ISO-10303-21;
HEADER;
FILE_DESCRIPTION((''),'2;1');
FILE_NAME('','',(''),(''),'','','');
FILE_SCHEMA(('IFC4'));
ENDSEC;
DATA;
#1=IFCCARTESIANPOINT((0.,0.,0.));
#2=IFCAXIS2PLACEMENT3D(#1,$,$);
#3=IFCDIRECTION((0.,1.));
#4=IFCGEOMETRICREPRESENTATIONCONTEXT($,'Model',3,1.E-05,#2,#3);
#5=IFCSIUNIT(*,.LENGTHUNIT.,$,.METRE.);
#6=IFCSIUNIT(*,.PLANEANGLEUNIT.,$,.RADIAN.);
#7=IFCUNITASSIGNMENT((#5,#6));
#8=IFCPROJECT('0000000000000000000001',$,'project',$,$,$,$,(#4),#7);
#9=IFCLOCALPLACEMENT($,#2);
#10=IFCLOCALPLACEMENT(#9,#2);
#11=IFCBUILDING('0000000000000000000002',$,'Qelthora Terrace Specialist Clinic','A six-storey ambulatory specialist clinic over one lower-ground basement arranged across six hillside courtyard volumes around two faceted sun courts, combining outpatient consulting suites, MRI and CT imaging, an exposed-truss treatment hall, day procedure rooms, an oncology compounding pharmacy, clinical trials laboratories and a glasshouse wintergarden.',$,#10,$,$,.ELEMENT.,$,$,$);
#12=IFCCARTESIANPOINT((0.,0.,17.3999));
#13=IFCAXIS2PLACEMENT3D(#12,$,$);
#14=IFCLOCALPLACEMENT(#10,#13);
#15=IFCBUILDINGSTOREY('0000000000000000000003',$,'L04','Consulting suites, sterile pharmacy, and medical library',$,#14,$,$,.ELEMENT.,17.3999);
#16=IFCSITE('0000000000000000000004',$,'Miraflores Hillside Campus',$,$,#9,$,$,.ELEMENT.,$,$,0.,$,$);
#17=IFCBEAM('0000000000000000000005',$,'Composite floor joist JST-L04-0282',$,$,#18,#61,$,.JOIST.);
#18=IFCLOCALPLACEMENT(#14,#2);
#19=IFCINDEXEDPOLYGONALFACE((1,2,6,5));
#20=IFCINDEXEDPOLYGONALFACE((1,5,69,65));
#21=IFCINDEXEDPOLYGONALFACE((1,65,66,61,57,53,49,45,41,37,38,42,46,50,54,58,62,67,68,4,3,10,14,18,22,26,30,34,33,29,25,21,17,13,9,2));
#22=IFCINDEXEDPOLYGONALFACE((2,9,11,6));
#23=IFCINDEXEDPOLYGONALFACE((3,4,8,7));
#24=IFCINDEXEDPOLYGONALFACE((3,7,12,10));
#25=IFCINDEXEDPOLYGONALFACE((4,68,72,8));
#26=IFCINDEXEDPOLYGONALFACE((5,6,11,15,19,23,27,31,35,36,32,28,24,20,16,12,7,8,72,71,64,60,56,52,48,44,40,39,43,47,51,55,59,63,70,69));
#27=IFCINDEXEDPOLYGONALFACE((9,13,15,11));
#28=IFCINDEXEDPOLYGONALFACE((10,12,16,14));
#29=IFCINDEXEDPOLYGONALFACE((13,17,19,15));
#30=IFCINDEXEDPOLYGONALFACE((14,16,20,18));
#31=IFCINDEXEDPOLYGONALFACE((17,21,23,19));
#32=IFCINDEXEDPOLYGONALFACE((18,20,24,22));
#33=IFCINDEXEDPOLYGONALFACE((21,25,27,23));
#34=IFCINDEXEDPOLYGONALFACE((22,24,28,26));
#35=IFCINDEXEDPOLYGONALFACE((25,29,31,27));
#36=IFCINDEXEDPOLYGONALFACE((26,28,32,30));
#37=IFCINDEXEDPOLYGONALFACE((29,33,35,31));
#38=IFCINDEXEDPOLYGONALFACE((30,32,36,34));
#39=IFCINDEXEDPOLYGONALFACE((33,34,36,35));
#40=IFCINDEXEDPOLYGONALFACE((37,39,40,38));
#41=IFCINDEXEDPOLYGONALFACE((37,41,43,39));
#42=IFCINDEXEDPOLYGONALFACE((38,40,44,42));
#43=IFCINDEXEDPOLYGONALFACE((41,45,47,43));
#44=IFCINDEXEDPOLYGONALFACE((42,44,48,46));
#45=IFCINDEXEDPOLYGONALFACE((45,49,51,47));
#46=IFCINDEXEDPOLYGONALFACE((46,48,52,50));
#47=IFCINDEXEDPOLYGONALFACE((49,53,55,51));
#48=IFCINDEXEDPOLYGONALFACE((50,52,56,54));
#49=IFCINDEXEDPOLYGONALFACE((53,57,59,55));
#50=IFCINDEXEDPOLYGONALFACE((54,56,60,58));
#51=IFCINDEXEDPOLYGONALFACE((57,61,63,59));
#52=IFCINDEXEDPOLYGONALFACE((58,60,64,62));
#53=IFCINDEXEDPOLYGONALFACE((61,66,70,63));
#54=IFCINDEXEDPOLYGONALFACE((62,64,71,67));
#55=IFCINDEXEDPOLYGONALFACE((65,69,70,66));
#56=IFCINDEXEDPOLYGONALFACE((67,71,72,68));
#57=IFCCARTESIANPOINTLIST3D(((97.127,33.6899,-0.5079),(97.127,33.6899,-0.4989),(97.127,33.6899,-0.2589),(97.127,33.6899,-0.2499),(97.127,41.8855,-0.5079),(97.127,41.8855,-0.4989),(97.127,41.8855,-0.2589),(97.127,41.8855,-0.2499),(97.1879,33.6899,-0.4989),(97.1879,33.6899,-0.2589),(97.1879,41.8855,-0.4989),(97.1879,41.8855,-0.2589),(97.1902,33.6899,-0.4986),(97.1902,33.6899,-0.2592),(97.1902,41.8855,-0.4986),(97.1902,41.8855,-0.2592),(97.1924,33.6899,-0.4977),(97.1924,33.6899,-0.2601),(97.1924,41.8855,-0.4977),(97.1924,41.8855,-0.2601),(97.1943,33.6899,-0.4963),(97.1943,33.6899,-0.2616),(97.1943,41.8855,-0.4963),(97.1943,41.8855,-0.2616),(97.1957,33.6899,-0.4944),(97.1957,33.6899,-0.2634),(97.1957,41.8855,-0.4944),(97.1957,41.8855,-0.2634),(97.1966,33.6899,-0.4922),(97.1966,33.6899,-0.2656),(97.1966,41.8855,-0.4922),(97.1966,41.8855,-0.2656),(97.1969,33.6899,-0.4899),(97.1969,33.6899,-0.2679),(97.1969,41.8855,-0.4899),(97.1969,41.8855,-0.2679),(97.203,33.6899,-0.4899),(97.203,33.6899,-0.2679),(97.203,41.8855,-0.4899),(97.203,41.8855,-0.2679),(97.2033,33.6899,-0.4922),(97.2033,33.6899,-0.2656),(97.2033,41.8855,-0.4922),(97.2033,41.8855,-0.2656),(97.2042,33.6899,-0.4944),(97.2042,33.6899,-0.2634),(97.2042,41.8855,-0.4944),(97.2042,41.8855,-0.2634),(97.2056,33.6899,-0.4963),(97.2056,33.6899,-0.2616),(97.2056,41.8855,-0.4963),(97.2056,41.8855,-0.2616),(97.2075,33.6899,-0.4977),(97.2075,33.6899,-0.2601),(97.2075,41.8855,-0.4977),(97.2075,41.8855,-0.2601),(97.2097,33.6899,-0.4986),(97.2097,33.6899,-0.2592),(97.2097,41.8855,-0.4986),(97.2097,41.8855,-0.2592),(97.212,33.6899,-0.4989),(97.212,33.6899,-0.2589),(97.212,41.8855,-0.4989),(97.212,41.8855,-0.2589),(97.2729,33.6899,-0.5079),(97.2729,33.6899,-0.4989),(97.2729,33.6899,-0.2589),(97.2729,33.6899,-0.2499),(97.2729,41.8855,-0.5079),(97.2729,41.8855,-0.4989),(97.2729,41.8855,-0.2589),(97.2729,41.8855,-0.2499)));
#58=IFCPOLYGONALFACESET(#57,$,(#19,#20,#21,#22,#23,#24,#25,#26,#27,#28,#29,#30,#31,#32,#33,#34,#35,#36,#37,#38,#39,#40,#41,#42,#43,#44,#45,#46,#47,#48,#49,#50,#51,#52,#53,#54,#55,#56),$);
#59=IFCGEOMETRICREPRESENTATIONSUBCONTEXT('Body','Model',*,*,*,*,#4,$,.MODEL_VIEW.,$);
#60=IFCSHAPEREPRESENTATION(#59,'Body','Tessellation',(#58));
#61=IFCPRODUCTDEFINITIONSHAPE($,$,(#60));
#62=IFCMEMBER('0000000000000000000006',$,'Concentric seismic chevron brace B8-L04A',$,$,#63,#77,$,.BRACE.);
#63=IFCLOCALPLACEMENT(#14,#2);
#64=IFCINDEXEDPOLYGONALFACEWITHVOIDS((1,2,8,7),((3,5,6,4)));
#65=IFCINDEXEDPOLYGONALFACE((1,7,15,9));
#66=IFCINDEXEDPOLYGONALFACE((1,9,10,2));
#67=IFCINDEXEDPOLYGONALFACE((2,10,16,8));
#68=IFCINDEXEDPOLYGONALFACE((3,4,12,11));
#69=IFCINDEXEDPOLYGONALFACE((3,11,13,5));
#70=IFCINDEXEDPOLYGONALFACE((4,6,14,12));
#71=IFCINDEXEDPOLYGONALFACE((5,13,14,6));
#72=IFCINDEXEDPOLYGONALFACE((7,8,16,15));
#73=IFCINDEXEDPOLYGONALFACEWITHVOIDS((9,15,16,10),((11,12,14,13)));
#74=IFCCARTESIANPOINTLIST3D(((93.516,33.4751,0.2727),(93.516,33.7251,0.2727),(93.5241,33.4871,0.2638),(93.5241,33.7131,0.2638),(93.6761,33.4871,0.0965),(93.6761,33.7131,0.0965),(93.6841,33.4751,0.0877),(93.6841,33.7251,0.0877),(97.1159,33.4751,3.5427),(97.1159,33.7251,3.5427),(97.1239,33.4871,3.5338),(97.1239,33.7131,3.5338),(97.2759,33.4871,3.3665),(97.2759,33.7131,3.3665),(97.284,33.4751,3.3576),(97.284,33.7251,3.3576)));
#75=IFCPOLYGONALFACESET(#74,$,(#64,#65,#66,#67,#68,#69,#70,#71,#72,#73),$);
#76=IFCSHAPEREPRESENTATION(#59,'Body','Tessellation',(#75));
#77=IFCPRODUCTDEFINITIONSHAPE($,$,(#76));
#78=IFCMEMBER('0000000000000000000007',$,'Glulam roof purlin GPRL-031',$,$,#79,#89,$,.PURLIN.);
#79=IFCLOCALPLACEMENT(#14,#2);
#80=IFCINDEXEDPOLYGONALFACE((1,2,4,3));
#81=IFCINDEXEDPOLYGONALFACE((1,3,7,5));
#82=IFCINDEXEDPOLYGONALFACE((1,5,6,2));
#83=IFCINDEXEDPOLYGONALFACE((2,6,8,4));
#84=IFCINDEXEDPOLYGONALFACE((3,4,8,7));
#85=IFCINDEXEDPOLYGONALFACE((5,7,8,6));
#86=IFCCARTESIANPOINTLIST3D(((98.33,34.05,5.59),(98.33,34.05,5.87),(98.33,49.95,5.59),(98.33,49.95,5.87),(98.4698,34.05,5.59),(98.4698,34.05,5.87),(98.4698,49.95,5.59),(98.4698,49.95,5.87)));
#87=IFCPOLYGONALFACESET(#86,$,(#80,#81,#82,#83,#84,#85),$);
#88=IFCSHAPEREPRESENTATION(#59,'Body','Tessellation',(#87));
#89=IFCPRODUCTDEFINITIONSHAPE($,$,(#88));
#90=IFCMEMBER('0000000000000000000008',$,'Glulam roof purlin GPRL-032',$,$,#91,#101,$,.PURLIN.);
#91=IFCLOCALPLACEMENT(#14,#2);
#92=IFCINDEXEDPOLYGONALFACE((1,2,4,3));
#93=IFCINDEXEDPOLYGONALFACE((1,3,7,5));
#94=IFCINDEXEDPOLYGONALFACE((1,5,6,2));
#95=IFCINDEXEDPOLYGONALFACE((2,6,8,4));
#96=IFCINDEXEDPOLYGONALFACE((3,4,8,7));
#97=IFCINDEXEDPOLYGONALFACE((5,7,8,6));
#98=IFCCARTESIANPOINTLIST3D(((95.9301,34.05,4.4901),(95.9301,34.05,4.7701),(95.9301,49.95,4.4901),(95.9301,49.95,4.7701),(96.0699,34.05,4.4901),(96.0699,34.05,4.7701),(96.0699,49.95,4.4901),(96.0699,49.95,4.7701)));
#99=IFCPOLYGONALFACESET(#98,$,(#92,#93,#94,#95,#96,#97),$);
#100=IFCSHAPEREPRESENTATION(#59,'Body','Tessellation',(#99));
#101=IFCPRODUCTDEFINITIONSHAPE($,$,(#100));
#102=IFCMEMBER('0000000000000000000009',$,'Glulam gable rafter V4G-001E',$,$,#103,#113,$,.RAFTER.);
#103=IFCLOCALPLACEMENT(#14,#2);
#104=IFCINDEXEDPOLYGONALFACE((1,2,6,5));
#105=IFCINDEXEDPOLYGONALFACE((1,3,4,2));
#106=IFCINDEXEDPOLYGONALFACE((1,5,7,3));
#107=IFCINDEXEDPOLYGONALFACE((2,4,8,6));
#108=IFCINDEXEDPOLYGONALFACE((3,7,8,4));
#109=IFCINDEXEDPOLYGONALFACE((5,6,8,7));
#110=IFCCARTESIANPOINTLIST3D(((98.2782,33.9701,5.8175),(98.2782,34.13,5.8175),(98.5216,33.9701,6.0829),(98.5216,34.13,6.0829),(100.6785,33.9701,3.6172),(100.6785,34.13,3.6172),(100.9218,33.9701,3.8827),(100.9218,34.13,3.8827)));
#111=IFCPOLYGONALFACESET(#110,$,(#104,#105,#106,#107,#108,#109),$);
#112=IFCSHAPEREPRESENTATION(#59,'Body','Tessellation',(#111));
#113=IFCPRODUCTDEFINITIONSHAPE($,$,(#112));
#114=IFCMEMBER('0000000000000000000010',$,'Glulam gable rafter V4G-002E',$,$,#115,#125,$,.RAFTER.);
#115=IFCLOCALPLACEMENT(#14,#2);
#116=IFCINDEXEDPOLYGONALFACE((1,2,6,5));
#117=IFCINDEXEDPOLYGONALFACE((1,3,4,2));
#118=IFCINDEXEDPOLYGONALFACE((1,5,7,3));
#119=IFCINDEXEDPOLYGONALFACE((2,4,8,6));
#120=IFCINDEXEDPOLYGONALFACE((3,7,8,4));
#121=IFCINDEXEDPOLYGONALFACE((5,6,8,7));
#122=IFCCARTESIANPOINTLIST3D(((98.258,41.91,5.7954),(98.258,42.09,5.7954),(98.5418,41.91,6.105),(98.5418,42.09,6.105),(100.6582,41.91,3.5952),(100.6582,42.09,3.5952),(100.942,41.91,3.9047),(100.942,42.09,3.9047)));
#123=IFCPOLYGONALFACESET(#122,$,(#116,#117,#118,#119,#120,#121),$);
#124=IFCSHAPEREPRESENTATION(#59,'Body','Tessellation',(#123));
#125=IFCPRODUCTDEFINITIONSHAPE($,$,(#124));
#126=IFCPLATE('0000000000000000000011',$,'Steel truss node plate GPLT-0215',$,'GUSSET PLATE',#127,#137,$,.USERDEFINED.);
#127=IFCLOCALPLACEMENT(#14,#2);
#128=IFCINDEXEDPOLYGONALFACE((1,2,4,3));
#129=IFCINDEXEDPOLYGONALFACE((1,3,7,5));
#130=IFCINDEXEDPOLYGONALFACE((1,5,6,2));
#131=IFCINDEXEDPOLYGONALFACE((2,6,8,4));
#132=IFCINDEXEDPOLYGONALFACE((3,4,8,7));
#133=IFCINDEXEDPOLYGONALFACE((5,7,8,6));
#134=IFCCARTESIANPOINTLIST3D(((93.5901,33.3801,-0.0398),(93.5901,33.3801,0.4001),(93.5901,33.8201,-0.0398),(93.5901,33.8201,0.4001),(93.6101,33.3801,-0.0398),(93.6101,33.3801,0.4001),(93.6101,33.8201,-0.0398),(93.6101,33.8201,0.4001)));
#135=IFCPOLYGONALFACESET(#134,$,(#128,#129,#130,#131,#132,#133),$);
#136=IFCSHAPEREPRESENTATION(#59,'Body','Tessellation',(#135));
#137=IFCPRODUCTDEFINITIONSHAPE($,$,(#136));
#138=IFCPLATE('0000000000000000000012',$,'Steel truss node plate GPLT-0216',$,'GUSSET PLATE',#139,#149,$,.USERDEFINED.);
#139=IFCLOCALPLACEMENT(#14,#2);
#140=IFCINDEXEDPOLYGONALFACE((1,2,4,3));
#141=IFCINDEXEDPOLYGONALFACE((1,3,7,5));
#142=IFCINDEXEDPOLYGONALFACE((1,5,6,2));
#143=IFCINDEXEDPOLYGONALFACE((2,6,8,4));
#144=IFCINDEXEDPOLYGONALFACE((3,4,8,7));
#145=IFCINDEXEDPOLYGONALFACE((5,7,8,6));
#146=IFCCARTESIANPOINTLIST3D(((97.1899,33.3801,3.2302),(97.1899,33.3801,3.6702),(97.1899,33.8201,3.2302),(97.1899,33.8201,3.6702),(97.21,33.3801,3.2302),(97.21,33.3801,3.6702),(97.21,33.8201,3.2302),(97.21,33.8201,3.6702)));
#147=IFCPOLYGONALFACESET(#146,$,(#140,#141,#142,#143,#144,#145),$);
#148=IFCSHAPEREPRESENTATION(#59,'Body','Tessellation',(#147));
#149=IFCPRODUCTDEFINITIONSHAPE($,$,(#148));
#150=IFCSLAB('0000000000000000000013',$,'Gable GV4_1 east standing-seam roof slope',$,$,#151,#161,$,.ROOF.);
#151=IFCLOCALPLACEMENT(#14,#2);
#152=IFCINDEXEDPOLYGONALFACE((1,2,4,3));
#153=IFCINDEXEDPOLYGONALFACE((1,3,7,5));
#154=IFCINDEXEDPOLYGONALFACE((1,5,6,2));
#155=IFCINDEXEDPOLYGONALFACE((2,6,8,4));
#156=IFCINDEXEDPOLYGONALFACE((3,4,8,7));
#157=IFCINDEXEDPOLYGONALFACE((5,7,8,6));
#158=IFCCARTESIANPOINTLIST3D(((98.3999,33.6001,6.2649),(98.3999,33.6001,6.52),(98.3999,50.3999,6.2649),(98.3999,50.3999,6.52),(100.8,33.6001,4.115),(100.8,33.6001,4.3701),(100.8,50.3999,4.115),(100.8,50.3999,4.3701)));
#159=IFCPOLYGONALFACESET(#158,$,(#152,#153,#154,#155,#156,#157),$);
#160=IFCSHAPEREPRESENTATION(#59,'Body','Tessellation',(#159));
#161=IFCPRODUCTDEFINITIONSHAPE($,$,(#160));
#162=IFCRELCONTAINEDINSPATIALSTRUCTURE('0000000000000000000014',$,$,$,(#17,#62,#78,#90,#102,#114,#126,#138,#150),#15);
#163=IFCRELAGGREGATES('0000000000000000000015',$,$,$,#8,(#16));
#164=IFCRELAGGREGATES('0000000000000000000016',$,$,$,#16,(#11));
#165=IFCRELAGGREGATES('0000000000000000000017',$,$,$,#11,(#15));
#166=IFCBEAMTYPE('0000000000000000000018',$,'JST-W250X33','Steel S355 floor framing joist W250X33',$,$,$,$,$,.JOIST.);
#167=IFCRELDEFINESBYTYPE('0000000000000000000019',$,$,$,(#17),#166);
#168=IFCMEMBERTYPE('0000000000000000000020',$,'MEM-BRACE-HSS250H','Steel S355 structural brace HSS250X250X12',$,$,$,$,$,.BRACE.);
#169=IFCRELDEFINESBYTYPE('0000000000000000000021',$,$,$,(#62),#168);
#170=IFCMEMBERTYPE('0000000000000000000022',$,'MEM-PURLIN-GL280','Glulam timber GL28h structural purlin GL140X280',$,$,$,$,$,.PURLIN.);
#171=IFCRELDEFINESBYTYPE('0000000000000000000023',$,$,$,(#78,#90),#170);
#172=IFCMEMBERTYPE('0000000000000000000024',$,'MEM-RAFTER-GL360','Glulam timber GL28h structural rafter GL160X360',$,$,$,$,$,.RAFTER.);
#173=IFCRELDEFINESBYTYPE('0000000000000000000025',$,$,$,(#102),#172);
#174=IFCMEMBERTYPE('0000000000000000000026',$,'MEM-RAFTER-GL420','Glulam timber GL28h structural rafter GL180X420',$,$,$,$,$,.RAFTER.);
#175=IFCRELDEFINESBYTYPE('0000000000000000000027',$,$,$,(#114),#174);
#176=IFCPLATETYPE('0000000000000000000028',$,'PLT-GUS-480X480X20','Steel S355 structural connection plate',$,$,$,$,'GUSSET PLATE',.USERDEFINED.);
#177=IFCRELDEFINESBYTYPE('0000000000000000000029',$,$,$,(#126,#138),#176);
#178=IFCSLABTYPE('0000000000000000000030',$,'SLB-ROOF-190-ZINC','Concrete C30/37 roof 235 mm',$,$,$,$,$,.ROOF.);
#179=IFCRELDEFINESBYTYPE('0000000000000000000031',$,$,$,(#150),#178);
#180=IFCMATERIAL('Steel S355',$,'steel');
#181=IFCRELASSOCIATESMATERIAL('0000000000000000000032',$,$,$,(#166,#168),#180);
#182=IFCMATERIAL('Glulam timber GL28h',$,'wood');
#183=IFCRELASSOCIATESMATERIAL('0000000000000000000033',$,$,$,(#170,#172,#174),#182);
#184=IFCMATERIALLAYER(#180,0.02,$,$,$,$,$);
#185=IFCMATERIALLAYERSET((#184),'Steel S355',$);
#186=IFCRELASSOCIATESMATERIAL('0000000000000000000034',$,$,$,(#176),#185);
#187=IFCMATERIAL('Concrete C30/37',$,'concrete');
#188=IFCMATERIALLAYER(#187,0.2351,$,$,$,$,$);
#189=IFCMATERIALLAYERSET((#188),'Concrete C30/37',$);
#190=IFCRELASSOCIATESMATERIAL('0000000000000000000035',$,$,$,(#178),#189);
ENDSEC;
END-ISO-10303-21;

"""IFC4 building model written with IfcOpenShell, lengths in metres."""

from ifc_helpers import new_model, si_unit, direction, frame, origin, origin_2d, place, context, subcontext, project, spatial, polyline, rectangle, hollow_rectangle, i_section, outline, extrude, material, layer, layer_set, material_profile, profile_set, type_object, element, save


model = new_model("IFC4")

# Units and contexts
model_context = context("Model", 3, precision=1e-05, world=origin(), true_north=direction((0.0, 1.0)))
body_context = subcontext(model_context, "Body", "Model", "MODEL_VIEW")
ifc_project = project(units=[si_unit("LENGTHUNIT", "METRE"), si_unit("PLANEANGLEUNIT", "RADIAN")], contexts=[model_context])

# Site, building, storey
site_placement = place(None, origin())
site = spatial("IfcSite", under=ifc_project, at=site_placement, Name="Miraflores Hillside Campus", CompositionType="ELEMENT", RefElevation=0.0)
building_placement = place(site_placement, origin())
building = spatial("IfcBuilding", under=site, at=building_placement, Name="Qelthora Terrace Specialist Clinic", Description="A six-storey ambulatory specialist clinic over one lower-ground basement arranged across six hillside courtyard volumes around two faceted sun courts, combining outpatient consulting suites, MRI and CT imaging, an exposed-truss treatment hall, day procedure rooms, an oncology compounding pharmacy, clinical trials laboratories and a glasshouse wintergarden.", CompositionType="ELEMENT")
storey_placement = place(building_placement, frame((0.0, 0.0, 17.3999)))
storey = spatial("IfcBuildingStorey", under=building, at=storey_placement, Name="L04", Description="Consulting suites, sterile pharmacy, and medical library", CompositionType="ELEMENT", Elevation=17.3999)

# Beam
ifc_material_1 = material(Name="Steel S355", Category="steel")
ifc_material_profile_1 = material_profile(ifc_material_1, i_section(OverallWidth=0.146, OverallDepth=0.2581, WebThickness=0.0061, FlangeThickness=0.009, FilletRadius=0.009, at=origin_2d()), Name="W250X33")
ifc_profile_set_1 = profile_set([ifc_material_profile_1], Name="Steel S355")
beam_type = type_object("IfcBeamType", Name="JST-W250X33", Description="Steel S355 floor framing joist W250X33", PredefinedType="JOIST", material=ifc_profile_set_1)
beam_placement = place(storey_placement, frame((97.2, 33.6899, -0.3789), z_axis=(0.0, 1.0, 0.0), x_axis=(-1.0, 0.0, 0.0)))
element("IfcBeam", 1, at=beam_placement, inside=storey, type_object=beam_type, Name="Composite floor joist JST-L04-0282", PredefinedType="JOIST", context=body_context, shape_type="SweptSolid", body=[
    extrude(i_section(OverallWidth=0.146, OverallDepth=0.2581, WebThickness=0.0061, FlangeThickness=0.009, FilletRadius=0.009, at=origin_2d()), origin(), (0.0, 0.0, 1.0), 8.1956),
])

# Members
ifc_material_profile_2 = material_profile(ifc_material_1, hollow_rectangle(XDim=0.25, YDim=0.25, WallThickness=0.012, at=origin_2d()), Name="HSS250X250X12")
ifc_profile_set_2 = profile_set([ifc_material_profile_2], Name="Steel S355")
member_type_1 = type_object("IfcMemberType", Name="MEM-BRACE-HSS250H", Description="Steel S355 structural brace HSS250X250X12", PredefinedType="BRACE", material=ifc_profile_set_2)
member_1_placement = place(storey_placement, frame((93.6001, 33.6001, 0.1802), z_axis=(0.740204, 0.0, 0.672383), x_axis=(0.0, 1.0, 0.0)))
element("IfcMember", 2, at=member_1_placement, inside=storey, type_object=member_type_1, Name="Concentric seismic chevron brace B8-L04A", PredefinedType="BRACE", context=body_context, shape_type="SweptSolid", body=[
    extrude(hollow_rectangle(XDim=0.25, YDim=0.25, WallThickness=0.012, at=origin_2d()), origin(), (0.0, 0.0, 1.0), 4.8633),
])
ifc_material_2 = material(Name="Glulam timber GL28h", Category="wood")
ifc_material_profile_3 = material_profile(ifc_material_2, rectangle(XDim=0.1399, YDim=0.28, at=origin_2d()), Name="GL140X280")
ifc_profile_set_3 = profile_set([ifc_material_profile_3], Name="Glulam timber GL28h")
member_type_2 = type_object("IfcMemberType", Name="MEM-PURLIN-GL280", Description="Glulam timber GL28h structural purlin GL140X280", PredefinedType="PURLIN", material=ifc_profile_set_3)
for number, where, z_axis, x_axis, name in (
    (3, (98.3999, 34.05, 5.73), (0.0, 1.0, 0.0), (-1.0, 0.0, 0.0), "Glulam roof purlin GPRL-031"),
    (4, (96.0, 34.05, 4.6301), (0.0, 1.0, 0.0), (-1.0, 0.0, 0.0), "Glulam roof purlin GPRL-032"),
):
    element("IfcMember", number, at=place(storey_placement, frame(where, z_axis=z_axis, x_axis=x_axis)), inside=storey, type_object=member_type_2, Name=name, PredefinedType="PURLIN", context=body_context, shape_type="SweptSolid", body=[
        extrude(rectangle(XDim=0.1399, YDim=0.28, at=origin_2d()), origin(), (0.0, 0.0, 1.0), 15.8999),
    ])
ifc_material_profile_4 = material_profile(ifc_material_2, rectangle(XDim=0.1599, YDim=0.3601, at=origin_2d()), Name="GL160X360")
ifc_profile_set_4 = profile_set([ifc_material_profile_4], Name="Glulam timber GL28h")
member_type_3 = type_object("IfcMemberType", Name="MEM-RAFTER-GL360", Description="Glulam timber GL28h structural rafter GL160X360", PredefinedType="RAFTER", material=ifc_profile_set_4)
member_2_placement = place(storey_placement, frame((98.3999, 34.05, 5.9502), z_axis=(0.737145, 0.0, -0.675735), x_axis=(0.0, 1.0, 0.0)))
element("IfcMember", 5, at=member_2_placement, inside=storey, type_object=member_type_3, Name="Glulam gable rafter V4G-001E", PredefinedType="RAFTER", context=body_context, shape_type="SweptSolid", body=[
    extrude(rectangle(XDim=0.1599, YDim=0.3601, at=origin_2d()), origin(), (0.0, 0.0, 1.0), 3.2561),
])
ifc_material_profile_5 = material_profile(ifc_material_2, rectangle(XDim=0.1799, YDim=0.4199, at=origin_2d()), Name="GL180X420")
ifc_profile_set_5 = profile_set([ifc_material_profile_5], Name="Glulam timber GL28h")
member_type_4 = type_object("IfcMemberType", Name="MEM-RAFTER-GL420", Description="Glulam timber GL28h structural rafter GL180X420", PredefinedType="RAFTER", material=ifc_profile_set_5)
member_3_placement = place(storey_placement, frame((98.3999, 42.0, 5.9502), z_axis=(0.737145, 0.0, -0.675735), x_axis=(0.0, 1.0, 0.0)))
element("IfcMember", 6, at=member_3_placement, inside=storey, type_object=member_type_4, Name="Glulam gable rafter V4G-002E", PredefinedType="RAFTER", context=body_context, shape_type="SweptSolid", body=[
    extrude(rectangle(XDim=0.1799, YDim=0.4199, at=origin_2d()), origin(), (0.0, 0.0, 1.0), 3.2561),
])

# Plates
ifc_layer_1 = layer(ifc_material_1, 0.02)
ifc_layer_set_1 = layer_set([ifc_layer_1], Name="Steel S355")
plate_type = type_object("IfcPlateType", Name="PLT-GUS-480X480X20", Description="Steel S355 structural connection plate", ElementType="GUSSET PLATE", PredefinedType="USERDEFINED", material=ifc_layer_set_1)
for number, where, z_axis, x_axis, name in (
    (7, (93.6001, 33.6001, -0.0398), (0.0, 0.0, 1.0), (1.0, 0.0, 0.0), "Steel truss node plate GPLT-0215"),
    (8, (97.2, 33.6001, 3.2302), (0.0, 0.0, 1.0), (1.0, 0.0, 0.0), "Steel truss node plate GPLT-0216"),
):
    element("IfcPlate", number, at=place(storey_placement, frame(where, z_axis=z_axis, x_axis=x_axis)), inside=storey, type_object=plate_type, Name=name, ObjectType="GUSSET PLATE", PredefinedType="USERDEFINED", context=body_context, shape_type="SweptSolid", body=[
        extrude(rectangle(XDim=0.02, YDim=0.4399, at=origin_2d()), origin(), (0.0, 0.0, 1.0), 0.4399),
    ])

# Slab
ifc_material_3 = material(Name="Concrete C30/37", Category="concrete")
ifc_layer_2 = layer(ifc_material_3, 0.2351)
ifc_layer_set_2 = layer_set([ifc_layer_2], Name="Concrete C30/37")
slab_type = type_object("IfcSlabType", Name="SLB-ROOF-190-ZINC", Description="Concrete C30/37 roof 235 mm", PredefinedType="ROOF", material=ifc_layer_set_2)
slab_placement = place(storey_placement, frame((98.3999, 33.6001, 6.2649), z_axis=(0.667209, 0.0, 0.744871), x_axis=(0.744871, 0.0, -0.667209)))
element("IfcSlab", 9, at=slab_placement, inside=storey, type_object=slab_type, Name="Gable GV4_1 east standing-seam roof slope", PredefinedType="ROOF", context=body_context, shape_type="SweptSolid", body=[
    extrude(outline(polyline([(0.0, 0.0), (3.2222, 0.0), (3.2222, 16.7998), (0.0, 16.7998), (0.0, 0.0)])), origin(), (-0.667209, 0.0, 0.744871), 0.2551),
])

save(model, "model.ifc")
